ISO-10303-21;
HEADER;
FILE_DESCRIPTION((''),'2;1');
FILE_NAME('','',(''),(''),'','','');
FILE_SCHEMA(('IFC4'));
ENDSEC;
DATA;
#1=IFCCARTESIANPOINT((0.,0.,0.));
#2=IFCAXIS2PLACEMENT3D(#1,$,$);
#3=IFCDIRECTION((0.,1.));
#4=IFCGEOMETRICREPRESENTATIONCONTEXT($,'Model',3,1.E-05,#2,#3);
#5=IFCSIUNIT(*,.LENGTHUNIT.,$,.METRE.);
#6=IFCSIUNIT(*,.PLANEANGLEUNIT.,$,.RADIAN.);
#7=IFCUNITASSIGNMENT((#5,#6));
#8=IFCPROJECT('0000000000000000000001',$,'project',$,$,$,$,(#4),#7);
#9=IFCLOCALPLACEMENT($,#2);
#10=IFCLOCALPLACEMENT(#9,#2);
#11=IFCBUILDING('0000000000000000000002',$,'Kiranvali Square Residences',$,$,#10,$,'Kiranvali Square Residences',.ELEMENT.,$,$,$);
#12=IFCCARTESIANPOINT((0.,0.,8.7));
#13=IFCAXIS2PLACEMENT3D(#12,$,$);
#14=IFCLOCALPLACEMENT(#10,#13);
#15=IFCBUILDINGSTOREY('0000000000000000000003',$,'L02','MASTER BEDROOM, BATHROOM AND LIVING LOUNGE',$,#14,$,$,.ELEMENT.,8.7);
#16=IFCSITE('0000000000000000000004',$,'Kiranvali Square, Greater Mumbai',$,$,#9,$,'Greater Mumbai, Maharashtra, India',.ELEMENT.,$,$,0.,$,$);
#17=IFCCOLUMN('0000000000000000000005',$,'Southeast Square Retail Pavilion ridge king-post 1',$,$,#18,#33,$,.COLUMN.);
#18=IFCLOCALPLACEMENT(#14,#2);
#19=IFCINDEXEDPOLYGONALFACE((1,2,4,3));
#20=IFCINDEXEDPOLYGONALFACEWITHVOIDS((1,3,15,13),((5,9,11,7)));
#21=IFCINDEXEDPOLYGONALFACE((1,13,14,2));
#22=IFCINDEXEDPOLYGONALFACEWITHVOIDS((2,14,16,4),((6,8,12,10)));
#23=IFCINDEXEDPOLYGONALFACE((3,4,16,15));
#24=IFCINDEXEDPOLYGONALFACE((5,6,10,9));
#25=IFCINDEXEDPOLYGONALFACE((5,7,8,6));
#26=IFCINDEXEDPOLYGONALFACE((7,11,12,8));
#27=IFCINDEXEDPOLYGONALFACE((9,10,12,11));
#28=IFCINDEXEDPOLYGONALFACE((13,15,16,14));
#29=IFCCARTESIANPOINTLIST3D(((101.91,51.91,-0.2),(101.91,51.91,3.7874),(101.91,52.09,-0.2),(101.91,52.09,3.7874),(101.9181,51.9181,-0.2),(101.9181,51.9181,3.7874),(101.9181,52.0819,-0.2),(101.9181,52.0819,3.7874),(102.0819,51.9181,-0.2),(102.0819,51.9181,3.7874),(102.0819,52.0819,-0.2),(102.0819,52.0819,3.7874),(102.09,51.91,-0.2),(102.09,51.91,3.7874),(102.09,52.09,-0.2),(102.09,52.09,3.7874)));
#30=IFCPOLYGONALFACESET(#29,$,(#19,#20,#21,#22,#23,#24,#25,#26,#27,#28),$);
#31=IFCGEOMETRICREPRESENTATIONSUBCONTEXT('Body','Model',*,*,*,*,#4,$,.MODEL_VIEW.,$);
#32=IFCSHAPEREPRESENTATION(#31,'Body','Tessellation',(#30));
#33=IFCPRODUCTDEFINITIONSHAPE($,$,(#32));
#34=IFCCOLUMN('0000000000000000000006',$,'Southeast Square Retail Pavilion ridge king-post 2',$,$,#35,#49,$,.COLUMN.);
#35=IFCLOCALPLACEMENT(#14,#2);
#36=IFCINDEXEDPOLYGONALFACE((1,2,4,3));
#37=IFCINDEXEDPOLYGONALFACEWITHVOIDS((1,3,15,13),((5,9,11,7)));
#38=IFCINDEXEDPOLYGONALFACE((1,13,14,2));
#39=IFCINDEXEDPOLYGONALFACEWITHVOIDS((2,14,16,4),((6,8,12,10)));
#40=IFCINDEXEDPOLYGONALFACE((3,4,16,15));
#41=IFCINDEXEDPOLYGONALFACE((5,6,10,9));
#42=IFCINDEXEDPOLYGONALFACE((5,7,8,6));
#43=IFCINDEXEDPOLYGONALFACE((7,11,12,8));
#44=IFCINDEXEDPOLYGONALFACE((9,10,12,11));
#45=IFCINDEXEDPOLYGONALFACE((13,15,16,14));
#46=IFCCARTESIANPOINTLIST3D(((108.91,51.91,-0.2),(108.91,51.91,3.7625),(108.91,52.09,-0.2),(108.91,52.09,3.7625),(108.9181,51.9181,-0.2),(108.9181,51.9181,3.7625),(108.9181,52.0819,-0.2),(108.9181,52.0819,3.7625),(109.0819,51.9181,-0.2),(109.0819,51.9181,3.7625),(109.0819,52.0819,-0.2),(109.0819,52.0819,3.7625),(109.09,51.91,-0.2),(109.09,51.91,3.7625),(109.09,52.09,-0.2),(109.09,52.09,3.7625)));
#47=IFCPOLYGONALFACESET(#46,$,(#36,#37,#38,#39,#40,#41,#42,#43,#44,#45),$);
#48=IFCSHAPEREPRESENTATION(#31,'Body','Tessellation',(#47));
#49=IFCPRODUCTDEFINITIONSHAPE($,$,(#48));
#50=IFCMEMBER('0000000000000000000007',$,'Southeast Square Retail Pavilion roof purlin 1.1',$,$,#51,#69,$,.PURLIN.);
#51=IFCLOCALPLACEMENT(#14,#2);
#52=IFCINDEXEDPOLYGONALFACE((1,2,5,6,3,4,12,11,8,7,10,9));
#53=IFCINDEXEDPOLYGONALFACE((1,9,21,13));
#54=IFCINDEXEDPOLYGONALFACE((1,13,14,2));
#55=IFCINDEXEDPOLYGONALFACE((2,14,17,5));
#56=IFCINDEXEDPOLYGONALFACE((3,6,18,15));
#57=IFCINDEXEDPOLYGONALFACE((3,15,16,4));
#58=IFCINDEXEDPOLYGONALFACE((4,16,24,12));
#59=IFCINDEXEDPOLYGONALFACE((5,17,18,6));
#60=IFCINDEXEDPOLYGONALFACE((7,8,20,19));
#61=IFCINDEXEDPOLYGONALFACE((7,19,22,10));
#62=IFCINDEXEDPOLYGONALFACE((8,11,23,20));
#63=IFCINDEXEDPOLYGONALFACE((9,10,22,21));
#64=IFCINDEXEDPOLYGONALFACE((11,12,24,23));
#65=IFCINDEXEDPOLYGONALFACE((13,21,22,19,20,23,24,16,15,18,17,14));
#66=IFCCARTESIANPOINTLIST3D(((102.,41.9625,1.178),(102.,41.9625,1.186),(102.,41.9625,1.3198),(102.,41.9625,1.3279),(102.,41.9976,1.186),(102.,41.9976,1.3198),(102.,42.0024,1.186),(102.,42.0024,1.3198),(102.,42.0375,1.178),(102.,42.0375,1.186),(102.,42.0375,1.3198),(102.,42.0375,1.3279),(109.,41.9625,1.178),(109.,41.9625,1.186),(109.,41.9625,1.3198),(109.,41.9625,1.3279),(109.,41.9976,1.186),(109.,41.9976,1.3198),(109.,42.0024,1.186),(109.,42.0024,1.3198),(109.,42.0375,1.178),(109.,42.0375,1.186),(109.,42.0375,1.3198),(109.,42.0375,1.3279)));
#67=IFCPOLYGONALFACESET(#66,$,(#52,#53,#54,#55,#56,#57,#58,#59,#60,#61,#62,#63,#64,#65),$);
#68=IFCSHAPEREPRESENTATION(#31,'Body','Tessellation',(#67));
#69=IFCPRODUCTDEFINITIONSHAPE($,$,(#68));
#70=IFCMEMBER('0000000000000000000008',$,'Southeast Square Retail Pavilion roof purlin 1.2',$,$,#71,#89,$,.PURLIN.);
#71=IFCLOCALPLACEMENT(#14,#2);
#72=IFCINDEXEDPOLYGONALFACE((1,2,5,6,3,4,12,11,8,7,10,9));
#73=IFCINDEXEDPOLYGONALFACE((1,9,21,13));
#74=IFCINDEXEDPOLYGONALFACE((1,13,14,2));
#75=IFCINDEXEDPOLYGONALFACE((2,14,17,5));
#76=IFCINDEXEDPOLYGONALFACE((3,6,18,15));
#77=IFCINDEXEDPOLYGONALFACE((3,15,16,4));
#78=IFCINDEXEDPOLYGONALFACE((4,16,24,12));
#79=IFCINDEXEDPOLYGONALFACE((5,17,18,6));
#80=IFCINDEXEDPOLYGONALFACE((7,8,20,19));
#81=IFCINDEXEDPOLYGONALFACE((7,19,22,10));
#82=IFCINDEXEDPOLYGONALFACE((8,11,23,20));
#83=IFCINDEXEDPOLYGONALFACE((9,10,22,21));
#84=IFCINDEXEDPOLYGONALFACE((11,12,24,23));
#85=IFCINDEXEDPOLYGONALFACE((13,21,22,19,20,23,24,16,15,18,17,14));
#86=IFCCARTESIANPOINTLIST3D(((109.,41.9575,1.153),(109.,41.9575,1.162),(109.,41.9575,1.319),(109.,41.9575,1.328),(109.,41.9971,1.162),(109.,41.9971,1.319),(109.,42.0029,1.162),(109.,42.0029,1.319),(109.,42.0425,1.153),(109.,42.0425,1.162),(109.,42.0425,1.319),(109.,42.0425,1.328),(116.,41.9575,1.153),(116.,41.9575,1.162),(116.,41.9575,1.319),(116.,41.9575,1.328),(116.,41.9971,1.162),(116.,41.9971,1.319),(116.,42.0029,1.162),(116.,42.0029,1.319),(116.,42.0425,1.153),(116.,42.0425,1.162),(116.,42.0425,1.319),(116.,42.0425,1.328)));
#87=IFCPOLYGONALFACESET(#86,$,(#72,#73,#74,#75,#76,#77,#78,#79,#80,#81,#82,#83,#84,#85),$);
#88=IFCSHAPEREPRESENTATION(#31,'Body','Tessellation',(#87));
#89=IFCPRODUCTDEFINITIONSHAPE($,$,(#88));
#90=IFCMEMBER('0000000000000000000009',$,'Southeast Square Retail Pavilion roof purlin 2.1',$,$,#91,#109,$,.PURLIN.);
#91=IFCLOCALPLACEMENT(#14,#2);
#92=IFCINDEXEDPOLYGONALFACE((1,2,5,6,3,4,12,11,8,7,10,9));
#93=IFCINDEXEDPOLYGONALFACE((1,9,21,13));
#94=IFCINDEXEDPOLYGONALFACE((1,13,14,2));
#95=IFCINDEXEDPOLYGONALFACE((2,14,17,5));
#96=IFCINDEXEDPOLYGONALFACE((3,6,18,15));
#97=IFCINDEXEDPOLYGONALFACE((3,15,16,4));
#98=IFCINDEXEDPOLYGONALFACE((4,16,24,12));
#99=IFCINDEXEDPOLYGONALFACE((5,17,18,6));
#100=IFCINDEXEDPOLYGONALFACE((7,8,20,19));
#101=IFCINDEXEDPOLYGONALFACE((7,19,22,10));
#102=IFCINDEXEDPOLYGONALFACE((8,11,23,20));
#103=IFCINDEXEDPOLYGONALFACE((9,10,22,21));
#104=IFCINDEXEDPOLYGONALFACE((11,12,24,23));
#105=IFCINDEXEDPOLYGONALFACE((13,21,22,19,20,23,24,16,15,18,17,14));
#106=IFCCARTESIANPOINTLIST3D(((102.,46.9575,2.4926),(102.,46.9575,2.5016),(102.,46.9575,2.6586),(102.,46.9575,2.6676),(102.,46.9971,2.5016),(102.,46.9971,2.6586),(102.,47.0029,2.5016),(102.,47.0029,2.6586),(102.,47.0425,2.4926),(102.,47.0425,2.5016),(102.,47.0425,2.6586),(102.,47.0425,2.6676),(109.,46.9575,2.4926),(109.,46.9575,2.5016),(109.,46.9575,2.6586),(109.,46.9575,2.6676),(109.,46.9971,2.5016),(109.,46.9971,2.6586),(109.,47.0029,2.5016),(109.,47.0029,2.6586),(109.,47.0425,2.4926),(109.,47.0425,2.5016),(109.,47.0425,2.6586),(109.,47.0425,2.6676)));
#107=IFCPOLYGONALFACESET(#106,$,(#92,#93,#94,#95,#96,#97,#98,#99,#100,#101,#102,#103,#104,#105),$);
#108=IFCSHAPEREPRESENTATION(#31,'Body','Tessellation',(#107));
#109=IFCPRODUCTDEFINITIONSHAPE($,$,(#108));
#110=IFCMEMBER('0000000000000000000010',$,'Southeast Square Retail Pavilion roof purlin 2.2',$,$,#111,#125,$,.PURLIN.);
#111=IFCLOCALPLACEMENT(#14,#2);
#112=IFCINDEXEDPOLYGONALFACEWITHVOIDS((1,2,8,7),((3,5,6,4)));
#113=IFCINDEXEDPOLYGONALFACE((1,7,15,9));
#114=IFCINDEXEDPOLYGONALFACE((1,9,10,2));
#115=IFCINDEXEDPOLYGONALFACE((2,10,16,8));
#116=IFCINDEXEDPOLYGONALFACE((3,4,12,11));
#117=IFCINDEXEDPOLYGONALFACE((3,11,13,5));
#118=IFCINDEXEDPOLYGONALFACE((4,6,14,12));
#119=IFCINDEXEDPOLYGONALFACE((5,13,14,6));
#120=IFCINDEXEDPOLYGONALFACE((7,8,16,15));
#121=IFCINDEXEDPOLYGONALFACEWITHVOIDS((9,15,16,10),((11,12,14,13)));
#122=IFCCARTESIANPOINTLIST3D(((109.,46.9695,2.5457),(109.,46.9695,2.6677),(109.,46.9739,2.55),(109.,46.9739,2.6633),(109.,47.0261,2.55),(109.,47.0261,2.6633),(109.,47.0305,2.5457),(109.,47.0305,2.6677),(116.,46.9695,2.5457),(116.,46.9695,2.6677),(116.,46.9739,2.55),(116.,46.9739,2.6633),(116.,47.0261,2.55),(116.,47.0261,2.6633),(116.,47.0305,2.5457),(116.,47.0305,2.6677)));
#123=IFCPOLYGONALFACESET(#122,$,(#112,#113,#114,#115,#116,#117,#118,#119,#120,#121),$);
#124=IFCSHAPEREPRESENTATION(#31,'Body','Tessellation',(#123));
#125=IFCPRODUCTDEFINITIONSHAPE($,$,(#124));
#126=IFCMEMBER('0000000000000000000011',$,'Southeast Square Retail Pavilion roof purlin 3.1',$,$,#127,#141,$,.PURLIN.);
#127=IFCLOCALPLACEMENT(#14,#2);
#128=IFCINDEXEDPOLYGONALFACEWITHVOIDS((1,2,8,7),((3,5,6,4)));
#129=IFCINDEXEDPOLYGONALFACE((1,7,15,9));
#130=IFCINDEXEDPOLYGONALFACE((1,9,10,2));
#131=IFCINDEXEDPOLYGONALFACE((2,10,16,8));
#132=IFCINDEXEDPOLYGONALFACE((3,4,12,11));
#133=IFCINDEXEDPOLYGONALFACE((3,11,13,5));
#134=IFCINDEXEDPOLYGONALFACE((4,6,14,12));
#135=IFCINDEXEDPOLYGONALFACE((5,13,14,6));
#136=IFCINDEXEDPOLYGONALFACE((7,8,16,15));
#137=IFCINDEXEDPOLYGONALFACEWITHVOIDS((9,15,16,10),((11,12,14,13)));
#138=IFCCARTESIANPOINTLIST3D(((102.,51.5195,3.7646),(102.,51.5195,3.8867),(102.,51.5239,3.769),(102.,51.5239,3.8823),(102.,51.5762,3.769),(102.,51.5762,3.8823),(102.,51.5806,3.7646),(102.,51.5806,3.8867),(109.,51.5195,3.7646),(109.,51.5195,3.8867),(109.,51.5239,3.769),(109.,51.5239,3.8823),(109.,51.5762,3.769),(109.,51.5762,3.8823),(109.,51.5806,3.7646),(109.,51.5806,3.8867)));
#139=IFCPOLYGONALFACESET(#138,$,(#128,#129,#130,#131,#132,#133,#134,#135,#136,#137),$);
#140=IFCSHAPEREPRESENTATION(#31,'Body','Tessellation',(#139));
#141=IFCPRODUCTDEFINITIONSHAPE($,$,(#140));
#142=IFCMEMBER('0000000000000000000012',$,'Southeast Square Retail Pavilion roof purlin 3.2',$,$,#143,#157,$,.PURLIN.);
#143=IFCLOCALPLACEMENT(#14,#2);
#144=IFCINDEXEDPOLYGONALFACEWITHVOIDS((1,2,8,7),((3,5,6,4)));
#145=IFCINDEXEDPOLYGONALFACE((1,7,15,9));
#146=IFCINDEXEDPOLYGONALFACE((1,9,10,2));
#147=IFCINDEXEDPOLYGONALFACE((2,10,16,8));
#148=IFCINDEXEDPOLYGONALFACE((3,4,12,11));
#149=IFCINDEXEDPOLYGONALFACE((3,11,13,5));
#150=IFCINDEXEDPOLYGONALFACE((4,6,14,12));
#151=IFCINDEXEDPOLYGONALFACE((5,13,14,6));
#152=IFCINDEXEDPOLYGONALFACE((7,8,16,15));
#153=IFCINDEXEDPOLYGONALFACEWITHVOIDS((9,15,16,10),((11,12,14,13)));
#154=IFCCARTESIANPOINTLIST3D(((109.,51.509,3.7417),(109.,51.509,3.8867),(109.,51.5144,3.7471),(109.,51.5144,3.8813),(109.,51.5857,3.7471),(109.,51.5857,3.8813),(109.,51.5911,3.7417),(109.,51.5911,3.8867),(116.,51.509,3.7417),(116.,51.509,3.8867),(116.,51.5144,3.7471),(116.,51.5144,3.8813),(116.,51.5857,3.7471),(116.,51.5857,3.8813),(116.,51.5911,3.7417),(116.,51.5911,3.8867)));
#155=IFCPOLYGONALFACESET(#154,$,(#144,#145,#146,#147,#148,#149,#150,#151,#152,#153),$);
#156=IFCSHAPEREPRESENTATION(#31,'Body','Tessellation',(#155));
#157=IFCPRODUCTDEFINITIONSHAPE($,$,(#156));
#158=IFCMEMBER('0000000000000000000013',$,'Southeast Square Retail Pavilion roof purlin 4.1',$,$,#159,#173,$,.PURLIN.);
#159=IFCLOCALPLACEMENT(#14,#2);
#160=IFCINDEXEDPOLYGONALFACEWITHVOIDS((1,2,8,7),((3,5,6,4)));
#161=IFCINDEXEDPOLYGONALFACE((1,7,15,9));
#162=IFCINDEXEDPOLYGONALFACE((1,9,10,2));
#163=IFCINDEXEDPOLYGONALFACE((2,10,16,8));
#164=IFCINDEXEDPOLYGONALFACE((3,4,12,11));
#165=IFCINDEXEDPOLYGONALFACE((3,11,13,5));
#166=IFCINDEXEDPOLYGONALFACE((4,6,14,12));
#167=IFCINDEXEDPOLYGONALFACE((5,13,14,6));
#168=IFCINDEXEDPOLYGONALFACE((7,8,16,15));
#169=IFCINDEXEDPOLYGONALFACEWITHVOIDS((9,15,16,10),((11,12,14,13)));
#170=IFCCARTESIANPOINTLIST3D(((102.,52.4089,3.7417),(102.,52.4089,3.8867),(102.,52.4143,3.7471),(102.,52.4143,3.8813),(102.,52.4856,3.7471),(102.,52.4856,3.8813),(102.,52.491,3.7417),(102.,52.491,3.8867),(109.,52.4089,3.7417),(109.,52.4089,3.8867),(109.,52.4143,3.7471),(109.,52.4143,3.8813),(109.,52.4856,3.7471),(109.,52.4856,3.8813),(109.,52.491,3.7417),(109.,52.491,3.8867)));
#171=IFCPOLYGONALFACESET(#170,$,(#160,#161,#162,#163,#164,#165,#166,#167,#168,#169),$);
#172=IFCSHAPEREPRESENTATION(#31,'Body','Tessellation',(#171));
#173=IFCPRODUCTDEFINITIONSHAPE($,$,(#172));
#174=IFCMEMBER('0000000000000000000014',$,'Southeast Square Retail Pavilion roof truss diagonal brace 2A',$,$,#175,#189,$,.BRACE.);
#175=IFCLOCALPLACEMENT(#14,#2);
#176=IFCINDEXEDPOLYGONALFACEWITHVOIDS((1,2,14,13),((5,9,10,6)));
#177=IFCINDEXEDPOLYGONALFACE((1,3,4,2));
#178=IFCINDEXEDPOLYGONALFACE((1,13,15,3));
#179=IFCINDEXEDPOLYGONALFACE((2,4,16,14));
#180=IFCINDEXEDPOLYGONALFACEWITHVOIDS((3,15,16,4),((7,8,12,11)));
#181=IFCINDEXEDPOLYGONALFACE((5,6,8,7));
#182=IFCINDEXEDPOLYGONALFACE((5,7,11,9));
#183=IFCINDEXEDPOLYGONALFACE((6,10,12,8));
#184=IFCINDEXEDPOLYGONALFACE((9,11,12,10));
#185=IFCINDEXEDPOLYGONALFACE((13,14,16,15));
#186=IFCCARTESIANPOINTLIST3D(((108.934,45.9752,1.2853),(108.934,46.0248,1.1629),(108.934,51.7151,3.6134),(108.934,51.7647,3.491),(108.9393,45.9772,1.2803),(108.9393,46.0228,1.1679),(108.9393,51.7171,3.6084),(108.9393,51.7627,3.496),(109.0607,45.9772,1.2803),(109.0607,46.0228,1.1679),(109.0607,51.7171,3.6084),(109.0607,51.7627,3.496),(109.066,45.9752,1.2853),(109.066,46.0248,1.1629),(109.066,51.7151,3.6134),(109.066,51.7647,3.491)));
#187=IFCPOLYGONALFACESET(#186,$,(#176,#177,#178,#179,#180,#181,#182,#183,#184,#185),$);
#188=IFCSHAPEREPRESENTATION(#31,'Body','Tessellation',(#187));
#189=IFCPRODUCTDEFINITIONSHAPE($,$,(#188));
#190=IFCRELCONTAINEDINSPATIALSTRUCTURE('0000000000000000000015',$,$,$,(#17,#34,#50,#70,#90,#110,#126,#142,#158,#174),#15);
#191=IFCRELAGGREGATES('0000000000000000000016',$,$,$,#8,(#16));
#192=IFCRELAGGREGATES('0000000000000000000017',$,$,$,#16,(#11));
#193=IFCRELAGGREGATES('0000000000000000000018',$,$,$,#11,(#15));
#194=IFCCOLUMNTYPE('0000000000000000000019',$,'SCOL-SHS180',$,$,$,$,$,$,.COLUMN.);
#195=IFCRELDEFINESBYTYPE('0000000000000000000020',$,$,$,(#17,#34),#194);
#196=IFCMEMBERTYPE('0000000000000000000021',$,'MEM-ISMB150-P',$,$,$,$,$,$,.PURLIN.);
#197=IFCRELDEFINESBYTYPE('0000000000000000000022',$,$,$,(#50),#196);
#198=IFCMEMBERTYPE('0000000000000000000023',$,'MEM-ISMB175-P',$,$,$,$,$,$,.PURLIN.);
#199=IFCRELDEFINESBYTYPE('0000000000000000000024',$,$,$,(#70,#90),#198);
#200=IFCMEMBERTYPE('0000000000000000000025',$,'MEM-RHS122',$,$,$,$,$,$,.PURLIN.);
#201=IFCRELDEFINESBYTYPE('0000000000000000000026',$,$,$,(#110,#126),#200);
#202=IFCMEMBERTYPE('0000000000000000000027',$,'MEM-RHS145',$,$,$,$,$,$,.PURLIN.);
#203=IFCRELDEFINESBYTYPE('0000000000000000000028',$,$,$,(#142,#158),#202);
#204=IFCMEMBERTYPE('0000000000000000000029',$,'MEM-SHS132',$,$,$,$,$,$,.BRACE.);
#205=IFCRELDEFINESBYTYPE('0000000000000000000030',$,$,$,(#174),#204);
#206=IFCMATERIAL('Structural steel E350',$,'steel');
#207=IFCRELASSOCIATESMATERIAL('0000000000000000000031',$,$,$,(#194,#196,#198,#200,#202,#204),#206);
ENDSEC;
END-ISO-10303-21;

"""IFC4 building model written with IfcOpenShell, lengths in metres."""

from ifc_helpers import new_model, si_unit, direction, frame, origin, origin_2d, place, context, subcontext, project, spatial, hollow_rectangle, i_section, extrude, material, material_profile, profile_set, type_object, element, save


model = new_model("IFC4")

# Units and contexts
model_context = context("Model", 3, precision=1e-05, world=origin(), true_north=direction((0.0, 1.0)))
body_context = subcontext(model_context, "Body", "Model", "MODEL_VIEW")
ifc_project = project(units=[si_unit("LENGTHUNIT", "METRE"), si_unit("PLANEANGLEUNIT", "RADIAN")], contexts=[model_context])

# Site, building, storey
site_placement = place(None, origin())
site = spatial("IfcSite", under=ifc_project, at=site_placement, Name="Kiranvali Square, Greater Mumbai", LongName="Greater Mumbai, Maharashtra, India", CompositionType="ELEMENT", RefElevation=0.0)
building_placement = place(site_placement, origin())
building = spatial("IfcBuilding", under=site, at=building_placement, Name="Kiranvali Square Residences", LongName="Kiranvali Square Residences", CompositionType="ELEMENT")
storey_placement = place(building_placement, frame((0.0, 0.0, 8.7)))
storey = spatial("IfcBuildingStorey", under=building, at=storey_placement, Name="L02", Description="MASTER BEDROOM, BATHROOM AND LIVING LOUNGE", CompositionType="ELEMENT", Elevation=8.7)

# Columns
ifc_material = material(Name="Structural steel E350", Category="steel")
ifc_material_profile_1 = material_profile(ifc_material, hollow_rectangle(XDim=0.1799, YDim=0.1799, WallThickness=0.0081, at=origin_2d()), Name="SHS 180x180x8.0")
ifc_profile_set_1 = profile_set([ifc_material_profile_1], Name="Structural steel E350")
column_type = type_object("IfcColumnType", Name="SCOL-SHS180", PredefinedType="COLUMN", material=ifc_profile_set_1)
column_1_placement = place(storey_placement, frame((102.0, 52.0, -0.2), z_axis=(0.0, 0.0, 1.0), x_axis=(1.0, 0.0, 0.0)))
element("IfcColumn", 1, at=column_1_placement, inside=storey, type_object=column_type, Name="Southeast Square Retail Pavilion ridge king-post 1", PredefinedType="COLUMN", context=body_context, shape_type="SweptSolid", body=[
    extrude(hollow_rectangle(XDim=0.1799, YDim=0.1799, WallThickness=0.0081, at=origin_2d()), origin(), (0.0, 0.0, 1.0), 3.9873),
])
column_2_placement = place(storey_placement, frame((109.0, 52.0, -0.2), z_axis=(0.0, 0.0, 1.0), x_axis=(1.0, 0.0, 0.0)))
element("IfcColumn", 2, at=column_2_placement, inside=storey, type_object=column_type, Name="Southeast Square Retail Pavilion ridge king-post 2", PredefinedType="COLUMN", context=body_context, shape_type="SweptSolid", body=[
    extrude(hollow_rectangle(XDim=0.1799, YDim=0.1799, WallThickness=0.0081, at=origin_2d()), origin(), (0.0, 0.0, 1.0), 3.9624),
])

# Members
ifc_material_profile_2 = material_profile(ifc_material, i_section(OverallWidth=0.075, OverallDepth=0.1499, WebThickness=0.0049, FlangeThickness=0.0081, at=origin_2d()), Name="ISMB 150")
ifc_profile_set_2 = profile_set([ifc_material_profile_2], Name="Structural steel E350")
member_type_1 = type_object("IfcMemberType", Name="MEM-ISMB150-P", PredefinedType="PURLIN", material=ifc_profile_set_2)
member_1_placement = place(storey_placement, frame((102.0, 42.0, 1.2529), z_axis=(1.0, 0.0, 0.0), x_axis=(0.0, 1.0, 0.0)))
element("IfcMember", 3, at=member_1_placement, inside=storey, type_object=member_type_1, Name="Southeast Square Retail Pavilion roof purlin 1.1", PredefinedType="PURLIN", context=body_context, shape_type="SweptSolid", body=[
    extrude(i_section(OverallWidth=0.075, OverallDepth=0.1499, WebThickness=0.0049, FlangeThickness=0.0081, at=origin_2d()), origin(), (0.0, 0.0, 1.0), 7.0),
])
ifc_material_profile_3 = material_profile(ifc_material, i_section(OverallWidth=0.085, OverallDepth=0.175, WebThickness=0.0059, FlangeThickness=0.009, at=origin_2d()), Name="ISMB 175")
ifc_profile_set_3 = profile_set([ifc_material_profile_3], Name="Structural steel E350")
member_type_2 = type_object("IfcMemberType", Name="MEM-ISMB175-P", PredefinedType="PURLIN", material=ifc_profile_set_3)
for number, where, z_axis, x_axis, name in (
    (4, (109.0, 42.0, 1.2405), (1.0, 0.0, 0.0), (0.0, 1.0, 0.0), "Southeast Square Retail Pavilion roof purlin 1.2"),
    (5, (102.0, 47.0, 2.5801), (1.0, 0.0, 0.0), (0.0, 1.0, 0.0), "Southeast Square Retail Pavilion roof purlin 2.1"),
):
    element("IfcMember", number, at=place(storey_placement, frame(where, z_axis=z_axis, x_axis=x_axis)), inside=storey, type_object=member_type_2, Name=name, PredefinedType="PURLIN", context=body_context, shape_type="SweptSolid", body=[
        extrude(i_section(OverallWidth=0.085, OverallDepth=0.175, WebThickness=0.0059, FlangeThickness=0.009, at=origin_2d()), origin(), (0.0, 0.0, 1.0), 7.0),
    ])
ifc_material_profile_4 = material_profile(ifc_material, hollow_rectangle(XDim=0.061, YDim=0.1221, WallThickness=0.0044, at=origin_2d()), Name="RHS 122x61x4.5")
ifc_profile_set_4 = profile_set([ifc_material_profile_4], Name="Structural steel E350")
member_type_3 = type_object("IfcMemberType", Name="MEM-RHS122", PredefinedType="PURLIN", material=ifc_profile_set_4)
for number, where, z_axis, x_axis, name in (
    (6, (109.0, 47.0, 2.6067), (1.0, 0.0, 0.0), (0.0, 1.0, 0.0), "Southeast Square Retail Pavilion roof purlin 2.2"),
    (7, (102.0, 51.55, 3.8257), (1.0, 0.0, 0.0), (0.0, 1.0, 0.0), "Southeast Square Retail Pavilion roof purlin 3.1"),
):
    element("IfcMember", number, at=place(storey_placement, frame(where, z_axis=z_axis, x_axis=x_axis)), inside=storey, type_object=member_type_3, Name=name, PredefinedType="PURLIN", context=body_context, shape_type="SweptSolid", body=[
        extrude(hollow_rectangle(XDim=0.061, YDim=0.1221, WallThickness=0.0044, at=origin_2d()), origin(), (0.0, 0.0, 1.0), 7.0),
    ])
ifc_material_profile_5 = material_profile(ifc_material, hollow_rectangle(XDim=0.082, YDim=0.145, WallThickness=0.0054, at=origin_2d()), Name="RHS 145x82x5.4")
ifc_profile_set_5 = profile_set([ifc_material_profile_5], Name="Structural steel E350")
member_type_4 = type_object("IfcMemberType", Name="MEM-RHS145", PredefinedType="PURLIN", material=ifc_profile_set_5)
for number, where, z_axis, x_axis, name in (
    (8, (109.0, 51.55, 3.8142), (1.0, 0.0, 0.0), (0.0, 1.0, 0.0), "Southeast Square Retail Pavilion roof purlin 3.2"),
    (9, (102.0, 52.45, 3.8142), (1.0, 0.0, 0.0), (0.0, 1.0, 0.0), "Southeast Square Retail Pavilion roof purlin 4.1"),
):
    element("IfcMember", number, at=place(storey_placement, frame(where, z_axis=z_axis, x_axis=x_axis)), inside=storey, type_object=member_type_4, Name=name, PredefinedType="PURLIN", context=body_context, shape_type="SweptSolid", body=[
        extrude(hollow_rectangle(XDim=0.082, YDim=0.145, WallThickness=0.0054, at=origin_2d()), origin(), (0.0, 0.0, 1.0), 7.0),
    ])
ifc_material_profile_6 = material_profile(ifc_material, hollow_rectangle(XDim=0.1321, YDim=0.1321, WallThickness=0.0054, at=origin_2d()), Name="SHS 132x132x5.4")
ifc_profile_set_6 = profile_set([ifc_material_profile_6], Name="Structural steel E350")
member_type_5 = type_object("IfcMemberType", Name="MEM-SHS132", PredefinedType="BRACE", material=ifc_profile_set_6)
member_2_placement = place(storey_placement, frame((109.0, 46.0, 1.2241), z_axis=(0.0, 0.926677, 0.375858), x_axis=(-1.0, 0.0, 0.0)))
element("IfcMember", 10, at=member_2_placement, inside=storey, type_object=member_type_5, Name="Southeast Square Retail Pavilion roof truss diagonal brace 2A", PredefinedType="BRACE", context=body_context, shape_type="SweptSolid", body=[
    extrude(hollow_rectangle(XDim=0.1321, YDim=0.1321, WallThickness=0.0054, at=origin_2d()), origin(), (0.0, 0.0, 1.0), 6.1941),
])

save(model, "model.ifc")
